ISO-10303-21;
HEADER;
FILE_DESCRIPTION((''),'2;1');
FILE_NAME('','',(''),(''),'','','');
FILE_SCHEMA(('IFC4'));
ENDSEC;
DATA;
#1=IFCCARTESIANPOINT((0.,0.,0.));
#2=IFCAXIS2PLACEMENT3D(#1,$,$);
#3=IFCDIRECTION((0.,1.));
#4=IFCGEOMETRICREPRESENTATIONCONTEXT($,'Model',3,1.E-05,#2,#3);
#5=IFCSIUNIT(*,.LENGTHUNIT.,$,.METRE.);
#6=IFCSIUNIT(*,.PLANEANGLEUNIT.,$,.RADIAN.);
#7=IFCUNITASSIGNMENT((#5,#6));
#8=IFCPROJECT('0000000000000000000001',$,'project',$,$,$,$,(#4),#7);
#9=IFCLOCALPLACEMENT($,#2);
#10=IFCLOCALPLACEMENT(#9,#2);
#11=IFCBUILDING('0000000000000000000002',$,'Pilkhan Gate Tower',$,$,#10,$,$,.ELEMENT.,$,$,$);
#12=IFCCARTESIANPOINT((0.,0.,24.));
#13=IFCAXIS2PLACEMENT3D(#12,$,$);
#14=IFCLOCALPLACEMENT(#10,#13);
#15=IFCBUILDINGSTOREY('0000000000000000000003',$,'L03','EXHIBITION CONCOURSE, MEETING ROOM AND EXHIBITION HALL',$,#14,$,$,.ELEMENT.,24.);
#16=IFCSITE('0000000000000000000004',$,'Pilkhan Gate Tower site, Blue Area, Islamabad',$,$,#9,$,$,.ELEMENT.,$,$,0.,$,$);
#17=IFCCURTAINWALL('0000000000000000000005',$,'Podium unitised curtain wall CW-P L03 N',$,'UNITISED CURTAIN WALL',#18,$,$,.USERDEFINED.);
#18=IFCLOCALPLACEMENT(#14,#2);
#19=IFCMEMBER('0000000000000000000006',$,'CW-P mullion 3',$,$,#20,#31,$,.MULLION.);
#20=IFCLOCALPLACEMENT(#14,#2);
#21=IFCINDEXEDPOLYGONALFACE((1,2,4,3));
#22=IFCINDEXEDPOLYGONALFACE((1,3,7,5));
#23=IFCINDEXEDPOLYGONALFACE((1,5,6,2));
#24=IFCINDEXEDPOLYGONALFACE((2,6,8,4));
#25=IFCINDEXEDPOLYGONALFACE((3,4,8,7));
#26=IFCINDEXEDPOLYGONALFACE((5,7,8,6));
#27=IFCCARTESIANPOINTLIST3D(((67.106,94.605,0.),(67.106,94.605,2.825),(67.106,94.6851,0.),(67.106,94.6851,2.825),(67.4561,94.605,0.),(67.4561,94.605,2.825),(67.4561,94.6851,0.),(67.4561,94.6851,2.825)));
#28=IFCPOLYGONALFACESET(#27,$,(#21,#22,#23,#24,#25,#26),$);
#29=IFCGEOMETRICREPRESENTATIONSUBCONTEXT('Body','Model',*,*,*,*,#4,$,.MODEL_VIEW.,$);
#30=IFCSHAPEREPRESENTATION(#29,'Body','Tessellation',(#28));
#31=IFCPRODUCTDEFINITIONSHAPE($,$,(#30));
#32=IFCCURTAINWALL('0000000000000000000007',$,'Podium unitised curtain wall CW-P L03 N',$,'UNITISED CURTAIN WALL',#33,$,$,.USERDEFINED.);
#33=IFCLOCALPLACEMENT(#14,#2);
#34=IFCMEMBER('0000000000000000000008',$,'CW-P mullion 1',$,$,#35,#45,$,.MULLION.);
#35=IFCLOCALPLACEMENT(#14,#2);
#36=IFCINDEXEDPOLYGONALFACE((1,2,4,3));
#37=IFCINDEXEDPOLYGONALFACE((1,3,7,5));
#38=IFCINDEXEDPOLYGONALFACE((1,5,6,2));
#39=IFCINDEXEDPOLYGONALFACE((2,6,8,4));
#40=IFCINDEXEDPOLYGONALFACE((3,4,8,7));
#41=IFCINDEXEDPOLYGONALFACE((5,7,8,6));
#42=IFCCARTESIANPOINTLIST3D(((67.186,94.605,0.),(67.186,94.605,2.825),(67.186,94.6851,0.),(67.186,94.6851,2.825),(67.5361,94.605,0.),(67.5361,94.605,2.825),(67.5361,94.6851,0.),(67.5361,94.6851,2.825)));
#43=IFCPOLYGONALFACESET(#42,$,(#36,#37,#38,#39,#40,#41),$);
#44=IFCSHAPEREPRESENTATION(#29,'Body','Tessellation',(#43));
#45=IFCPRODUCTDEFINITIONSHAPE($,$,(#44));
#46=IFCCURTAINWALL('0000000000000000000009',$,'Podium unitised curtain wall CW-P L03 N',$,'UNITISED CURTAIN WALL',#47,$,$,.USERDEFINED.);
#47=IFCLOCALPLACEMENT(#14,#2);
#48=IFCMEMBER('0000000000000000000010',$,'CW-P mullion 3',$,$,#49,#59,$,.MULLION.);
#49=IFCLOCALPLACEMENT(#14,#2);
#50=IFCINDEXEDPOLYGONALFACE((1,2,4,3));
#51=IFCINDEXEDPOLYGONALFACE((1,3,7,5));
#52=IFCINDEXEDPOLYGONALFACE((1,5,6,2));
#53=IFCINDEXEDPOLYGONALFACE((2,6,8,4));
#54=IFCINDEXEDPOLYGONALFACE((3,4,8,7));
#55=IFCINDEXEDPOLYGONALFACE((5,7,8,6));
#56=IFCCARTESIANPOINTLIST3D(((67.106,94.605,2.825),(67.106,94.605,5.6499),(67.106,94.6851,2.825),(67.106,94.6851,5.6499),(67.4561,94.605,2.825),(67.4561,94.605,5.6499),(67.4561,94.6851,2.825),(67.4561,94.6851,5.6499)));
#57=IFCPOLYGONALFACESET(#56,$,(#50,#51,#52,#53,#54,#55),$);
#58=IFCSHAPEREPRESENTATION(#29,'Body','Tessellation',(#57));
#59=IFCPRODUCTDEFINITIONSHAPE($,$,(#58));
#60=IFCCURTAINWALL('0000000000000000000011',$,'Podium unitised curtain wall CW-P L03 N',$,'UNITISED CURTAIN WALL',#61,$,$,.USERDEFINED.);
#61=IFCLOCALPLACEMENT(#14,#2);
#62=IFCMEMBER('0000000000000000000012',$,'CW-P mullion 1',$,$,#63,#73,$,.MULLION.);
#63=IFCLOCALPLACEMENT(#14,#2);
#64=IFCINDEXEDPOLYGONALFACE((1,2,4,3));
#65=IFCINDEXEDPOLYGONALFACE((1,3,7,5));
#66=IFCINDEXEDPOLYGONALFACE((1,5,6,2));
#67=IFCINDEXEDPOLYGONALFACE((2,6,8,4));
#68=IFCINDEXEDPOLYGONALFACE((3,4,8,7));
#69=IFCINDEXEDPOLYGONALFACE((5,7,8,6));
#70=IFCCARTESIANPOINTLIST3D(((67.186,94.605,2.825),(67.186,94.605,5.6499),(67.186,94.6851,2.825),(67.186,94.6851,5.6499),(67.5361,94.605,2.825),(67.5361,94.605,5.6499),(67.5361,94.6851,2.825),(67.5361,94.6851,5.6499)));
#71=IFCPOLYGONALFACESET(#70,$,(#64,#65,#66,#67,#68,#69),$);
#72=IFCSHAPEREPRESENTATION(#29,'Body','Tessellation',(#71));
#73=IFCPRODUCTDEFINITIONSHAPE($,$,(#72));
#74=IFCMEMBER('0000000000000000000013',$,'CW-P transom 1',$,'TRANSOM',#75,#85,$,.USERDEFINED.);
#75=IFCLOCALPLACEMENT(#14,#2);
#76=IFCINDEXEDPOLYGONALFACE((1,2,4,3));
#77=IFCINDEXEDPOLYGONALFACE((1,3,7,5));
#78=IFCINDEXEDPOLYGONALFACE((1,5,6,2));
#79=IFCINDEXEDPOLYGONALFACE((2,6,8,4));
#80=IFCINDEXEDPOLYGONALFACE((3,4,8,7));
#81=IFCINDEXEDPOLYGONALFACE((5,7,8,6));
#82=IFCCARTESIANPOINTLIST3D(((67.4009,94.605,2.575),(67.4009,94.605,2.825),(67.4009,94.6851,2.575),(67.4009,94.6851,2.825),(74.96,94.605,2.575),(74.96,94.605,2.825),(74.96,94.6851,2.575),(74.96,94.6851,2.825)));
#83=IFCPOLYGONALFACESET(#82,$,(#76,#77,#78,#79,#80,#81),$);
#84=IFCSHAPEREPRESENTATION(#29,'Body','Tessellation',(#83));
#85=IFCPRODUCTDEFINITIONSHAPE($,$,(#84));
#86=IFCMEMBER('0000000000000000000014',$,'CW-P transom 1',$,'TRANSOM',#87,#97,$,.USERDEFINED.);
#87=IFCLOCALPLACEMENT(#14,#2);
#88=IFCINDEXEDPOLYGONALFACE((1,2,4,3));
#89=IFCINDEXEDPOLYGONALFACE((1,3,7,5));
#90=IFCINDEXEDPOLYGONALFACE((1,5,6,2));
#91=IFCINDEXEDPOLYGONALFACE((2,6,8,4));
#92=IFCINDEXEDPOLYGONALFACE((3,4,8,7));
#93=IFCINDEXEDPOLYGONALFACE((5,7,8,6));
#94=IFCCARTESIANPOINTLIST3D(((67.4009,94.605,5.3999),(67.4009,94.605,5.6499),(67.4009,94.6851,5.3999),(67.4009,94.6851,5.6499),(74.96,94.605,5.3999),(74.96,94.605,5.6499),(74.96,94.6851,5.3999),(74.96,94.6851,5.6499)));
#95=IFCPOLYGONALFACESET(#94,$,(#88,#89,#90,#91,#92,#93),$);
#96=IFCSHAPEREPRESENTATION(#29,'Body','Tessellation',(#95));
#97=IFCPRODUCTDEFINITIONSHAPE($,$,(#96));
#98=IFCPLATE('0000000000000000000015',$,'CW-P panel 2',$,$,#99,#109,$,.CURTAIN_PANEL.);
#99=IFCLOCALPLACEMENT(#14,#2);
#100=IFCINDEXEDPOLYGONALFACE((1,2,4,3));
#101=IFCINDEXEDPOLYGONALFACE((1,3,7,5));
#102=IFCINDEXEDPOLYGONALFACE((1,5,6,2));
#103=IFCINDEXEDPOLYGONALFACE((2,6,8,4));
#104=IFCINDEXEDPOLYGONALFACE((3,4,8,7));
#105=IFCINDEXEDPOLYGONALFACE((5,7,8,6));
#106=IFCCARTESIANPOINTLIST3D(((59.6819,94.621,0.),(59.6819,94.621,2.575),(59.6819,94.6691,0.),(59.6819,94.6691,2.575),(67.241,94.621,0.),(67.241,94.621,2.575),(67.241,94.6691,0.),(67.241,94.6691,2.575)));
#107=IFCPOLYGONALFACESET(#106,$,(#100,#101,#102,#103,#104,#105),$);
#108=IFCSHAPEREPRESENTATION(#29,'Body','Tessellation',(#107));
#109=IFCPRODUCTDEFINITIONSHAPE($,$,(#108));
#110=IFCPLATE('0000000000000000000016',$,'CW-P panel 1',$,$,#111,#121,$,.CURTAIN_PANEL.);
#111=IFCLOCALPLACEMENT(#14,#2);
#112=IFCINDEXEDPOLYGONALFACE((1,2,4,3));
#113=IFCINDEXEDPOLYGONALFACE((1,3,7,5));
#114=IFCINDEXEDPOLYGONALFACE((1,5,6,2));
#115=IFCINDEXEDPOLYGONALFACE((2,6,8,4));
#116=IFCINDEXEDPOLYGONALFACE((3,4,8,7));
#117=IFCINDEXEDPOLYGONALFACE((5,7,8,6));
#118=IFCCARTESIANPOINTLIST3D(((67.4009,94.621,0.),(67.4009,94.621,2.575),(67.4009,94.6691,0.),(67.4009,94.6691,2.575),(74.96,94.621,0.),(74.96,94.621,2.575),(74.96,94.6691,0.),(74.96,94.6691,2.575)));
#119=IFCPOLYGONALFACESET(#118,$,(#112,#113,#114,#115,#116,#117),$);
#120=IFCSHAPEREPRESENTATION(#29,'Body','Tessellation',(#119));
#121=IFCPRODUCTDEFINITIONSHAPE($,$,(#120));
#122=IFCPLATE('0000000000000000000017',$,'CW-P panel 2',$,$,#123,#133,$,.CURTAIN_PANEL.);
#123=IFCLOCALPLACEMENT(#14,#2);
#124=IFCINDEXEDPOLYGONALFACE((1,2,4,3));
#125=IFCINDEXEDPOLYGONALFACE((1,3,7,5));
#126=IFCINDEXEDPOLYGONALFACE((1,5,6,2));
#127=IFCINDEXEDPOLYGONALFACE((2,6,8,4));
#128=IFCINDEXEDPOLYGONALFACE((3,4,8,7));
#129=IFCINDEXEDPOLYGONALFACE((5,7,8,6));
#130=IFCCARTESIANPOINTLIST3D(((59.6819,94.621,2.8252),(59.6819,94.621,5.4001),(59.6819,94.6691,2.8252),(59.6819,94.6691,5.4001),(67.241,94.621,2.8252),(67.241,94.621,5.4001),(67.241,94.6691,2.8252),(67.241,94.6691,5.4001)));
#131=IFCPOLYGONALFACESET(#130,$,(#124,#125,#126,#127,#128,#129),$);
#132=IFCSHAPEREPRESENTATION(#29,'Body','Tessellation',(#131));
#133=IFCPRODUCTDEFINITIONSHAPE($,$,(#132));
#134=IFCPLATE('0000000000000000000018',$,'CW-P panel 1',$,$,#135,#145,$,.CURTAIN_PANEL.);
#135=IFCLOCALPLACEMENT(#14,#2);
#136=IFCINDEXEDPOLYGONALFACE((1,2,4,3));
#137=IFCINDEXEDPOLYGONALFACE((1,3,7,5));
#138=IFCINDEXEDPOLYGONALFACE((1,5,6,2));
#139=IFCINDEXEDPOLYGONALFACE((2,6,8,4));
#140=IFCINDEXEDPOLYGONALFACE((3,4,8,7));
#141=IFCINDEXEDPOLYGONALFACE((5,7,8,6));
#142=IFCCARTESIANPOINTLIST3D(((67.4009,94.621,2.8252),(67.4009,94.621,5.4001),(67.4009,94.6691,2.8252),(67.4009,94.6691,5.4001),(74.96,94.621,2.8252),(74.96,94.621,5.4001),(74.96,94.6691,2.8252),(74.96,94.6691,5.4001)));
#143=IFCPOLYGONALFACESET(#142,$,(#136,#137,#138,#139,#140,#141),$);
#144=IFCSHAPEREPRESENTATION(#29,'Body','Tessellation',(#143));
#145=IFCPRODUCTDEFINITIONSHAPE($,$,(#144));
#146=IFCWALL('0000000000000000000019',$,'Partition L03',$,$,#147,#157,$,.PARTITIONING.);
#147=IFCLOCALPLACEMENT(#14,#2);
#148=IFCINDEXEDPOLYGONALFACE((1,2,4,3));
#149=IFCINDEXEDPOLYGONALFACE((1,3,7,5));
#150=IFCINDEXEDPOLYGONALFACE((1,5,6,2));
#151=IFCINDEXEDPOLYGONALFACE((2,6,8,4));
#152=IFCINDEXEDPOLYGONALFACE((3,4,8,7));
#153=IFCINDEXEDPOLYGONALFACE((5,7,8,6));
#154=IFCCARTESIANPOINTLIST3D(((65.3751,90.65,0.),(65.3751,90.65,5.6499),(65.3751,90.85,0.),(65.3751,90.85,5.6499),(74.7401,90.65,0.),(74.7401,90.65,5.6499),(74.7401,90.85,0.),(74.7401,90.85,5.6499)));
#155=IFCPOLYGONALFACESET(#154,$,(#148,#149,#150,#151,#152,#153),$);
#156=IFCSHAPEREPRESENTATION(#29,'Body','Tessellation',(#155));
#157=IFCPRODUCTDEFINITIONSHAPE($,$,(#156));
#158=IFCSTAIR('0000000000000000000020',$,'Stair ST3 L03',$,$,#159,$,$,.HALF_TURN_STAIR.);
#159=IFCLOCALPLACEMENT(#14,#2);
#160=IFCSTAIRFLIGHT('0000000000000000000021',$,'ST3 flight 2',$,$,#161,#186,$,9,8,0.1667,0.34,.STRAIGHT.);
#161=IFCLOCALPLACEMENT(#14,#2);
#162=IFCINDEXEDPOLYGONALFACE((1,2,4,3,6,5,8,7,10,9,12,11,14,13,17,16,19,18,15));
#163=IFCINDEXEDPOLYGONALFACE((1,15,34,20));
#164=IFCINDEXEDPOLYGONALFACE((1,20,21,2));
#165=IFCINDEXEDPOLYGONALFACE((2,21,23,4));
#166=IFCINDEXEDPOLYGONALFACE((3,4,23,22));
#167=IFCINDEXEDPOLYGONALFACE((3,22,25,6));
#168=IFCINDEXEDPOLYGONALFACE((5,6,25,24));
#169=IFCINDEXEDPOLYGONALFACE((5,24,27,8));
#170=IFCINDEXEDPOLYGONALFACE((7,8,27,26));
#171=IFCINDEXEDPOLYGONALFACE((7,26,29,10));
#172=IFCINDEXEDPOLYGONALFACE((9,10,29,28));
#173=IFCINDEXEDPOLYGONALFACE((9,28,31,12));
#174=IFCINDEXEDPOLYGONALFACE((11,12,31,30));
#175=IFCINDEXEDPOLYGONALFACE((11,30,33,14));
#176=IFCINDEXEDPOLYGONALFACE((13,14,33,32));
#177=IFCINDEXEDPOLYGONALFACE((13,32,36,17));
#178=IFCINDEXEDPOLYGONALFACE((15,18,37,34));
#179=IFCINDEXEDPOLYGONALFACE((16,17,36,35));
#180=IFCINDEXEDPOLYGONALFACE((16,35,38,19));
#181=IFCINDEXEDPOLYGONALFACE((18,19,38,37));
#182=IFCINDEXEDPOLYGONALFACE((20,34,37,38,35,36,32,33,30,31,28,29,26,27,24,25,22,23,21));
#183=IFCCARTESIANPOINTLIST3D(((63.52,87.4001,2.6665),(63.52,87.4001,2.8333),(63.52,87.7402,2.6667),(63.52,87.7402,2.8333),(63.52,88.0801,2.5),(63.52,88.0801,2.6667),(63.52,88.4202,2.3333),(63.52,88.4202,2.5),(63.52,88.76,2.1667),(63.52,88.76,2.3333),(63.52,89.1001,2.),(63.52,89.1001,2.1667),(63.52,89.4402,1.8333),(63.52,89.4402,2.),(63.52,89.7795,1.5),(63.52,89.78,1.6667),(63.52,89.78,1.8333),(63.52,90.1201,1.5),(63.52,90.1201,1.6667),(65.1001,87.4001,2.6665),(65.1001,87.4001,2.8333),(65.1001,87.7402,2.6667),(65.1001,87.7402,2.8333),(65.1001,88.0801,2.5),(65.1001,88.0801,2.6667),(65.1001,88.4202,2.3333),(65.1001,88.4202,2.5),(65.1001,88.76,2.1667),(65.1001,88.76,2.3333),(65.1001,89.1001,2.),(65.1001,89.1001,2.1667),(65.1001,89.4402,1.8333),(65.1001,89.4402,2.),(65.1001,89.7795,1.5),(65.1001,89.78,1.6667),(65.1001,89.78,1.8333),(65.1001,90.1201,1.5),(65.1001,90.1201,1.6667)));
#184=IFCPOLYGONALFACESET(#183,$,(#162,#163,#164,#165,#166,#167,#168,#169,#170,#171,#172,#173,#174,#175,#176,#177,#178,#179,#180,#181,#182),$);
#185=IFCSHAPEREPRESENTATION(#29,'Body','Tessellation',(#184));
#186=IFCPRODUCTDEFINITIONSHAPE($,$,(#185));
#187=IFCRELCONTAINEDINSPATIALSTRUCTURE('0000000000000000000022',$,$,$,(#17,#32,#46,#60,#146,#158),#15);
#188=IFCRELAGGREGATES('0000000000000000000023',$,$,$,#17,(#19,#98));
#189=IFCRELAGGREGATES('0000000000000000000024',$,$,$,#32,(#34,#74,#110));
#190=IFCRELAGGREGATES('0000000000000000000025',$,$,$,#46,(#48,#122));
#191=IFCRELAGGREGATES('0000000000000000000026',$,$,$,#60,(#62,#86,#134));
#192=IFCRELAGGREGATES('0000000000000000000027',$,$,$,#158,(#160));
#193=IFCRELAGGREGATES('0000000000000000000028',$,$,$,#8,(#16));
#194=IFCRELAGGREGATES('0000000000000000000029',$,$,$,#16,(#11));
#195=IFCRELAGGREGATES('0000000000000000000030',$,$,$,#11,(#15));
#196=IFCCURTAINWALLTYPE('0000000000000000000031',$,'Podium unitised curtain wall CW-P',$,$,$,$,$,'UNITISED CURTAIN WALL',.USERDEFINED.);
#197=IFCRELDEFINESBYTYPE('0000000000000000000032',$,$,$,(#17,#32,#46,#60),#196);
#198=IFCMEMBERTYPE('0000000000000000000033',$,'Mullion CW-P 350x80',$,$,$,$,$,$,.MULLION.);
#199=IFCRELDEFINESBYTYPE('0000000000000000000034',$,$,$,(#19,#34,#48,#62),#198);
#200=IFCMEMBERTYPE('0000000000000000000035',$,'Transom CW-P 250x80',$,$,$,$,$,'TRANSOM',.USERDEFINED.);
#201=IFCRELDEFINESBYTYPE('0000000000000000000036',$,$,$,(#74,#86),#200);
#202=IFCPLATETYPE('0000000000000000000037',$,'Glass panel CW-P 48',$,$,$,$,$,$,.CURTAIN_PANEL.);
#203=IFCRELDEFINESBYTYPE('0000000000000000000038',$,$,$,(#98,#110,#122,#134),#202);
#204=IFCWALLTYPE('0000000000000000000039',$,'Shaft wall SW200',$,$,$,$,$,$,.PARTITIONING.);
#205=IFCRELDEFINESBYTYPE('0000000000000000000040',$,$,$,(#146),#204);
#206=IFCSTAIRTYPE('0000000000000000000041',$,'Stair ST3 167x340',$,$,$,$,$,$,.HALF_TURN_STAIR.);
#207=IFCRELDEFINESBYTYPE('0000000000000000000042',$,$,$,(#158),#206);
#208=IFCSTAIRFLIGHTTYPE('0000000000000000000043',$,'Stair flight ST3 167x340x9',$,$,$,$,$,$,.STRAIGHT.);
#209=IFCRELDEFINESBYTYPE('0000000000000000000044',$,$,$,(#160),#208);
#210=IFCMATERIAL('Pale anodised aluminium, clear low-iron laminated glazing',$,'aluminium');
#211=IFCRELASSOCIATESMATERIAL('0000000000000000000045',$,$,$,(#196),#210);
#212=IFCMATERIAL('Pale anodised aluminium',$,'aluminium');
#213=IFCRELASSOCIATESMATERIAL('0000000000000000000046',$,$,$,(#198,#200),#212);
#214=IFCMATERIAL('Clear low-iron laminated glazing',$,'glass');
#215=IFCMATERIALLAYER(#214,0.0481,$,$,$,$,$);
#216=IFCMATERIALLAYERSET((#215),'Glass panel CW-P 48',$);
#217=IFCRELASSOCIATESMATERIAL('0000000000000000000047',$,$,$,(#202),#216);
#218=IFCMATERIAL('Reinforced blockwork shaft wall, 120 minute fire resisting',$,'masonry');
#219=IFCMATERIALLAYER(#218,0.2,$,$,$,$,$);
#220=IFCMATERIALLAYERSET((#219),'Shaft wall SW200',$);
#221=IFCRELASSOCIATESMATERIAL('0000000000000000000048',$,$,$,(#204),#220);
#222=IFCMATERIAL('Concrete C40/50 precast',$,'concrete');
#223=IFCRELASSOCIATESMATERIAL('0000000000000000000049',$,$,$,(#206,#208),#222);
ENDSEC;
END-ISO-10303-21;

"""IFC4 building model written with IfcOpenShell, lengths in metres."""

from ifc_helpers import new_model, si_unit, direction, frame, frame_2d, origin, origin_2d, place, context, subcontext, project, spatial, polyline, rectangle, outline, extrude, material, layer, layer_set, material_profile, profile_set, type_object, element, aggregate, save


model = new_model("IFC4")

# Units and contexts
model_context = context("Model", 3, precision=1e-05, world=origin(), true_north=direction((0.0, 1.0)))
body_context = subcontext(model_context, "Body", "Model", "MODEL_VIEW")
ifc_project = project(units=[si_unit("LENGTHUNIT", "METRE"), si_unit("PLANEANGLEUNIT", "RADIAN")], contexts=[model_context])

# Site, building, storey
site_placement = place(None, origin())
site = spatial("IfcSite", under=ifc_project, at=site_placement, Name="Pilkhan Gate Tower site, Blue Area, Islamabad", CompositionType="ELEMENT", RefElevation=0.0)
building_placement = place(site_placement, origin())
building = spatial("IfcBuilding", under=site, at=building_placement, Name="Pilkhan Gate Tower", CompositionType="ELEMENT")
storey_placement = place(building_placement, frame((0.0, 0.0, 24.0)))
storey = spatial("IfcBuildingStorey", under=building, at=storey_placement, Name="L03", Description="EXHIBITION CONCOURSE, MEETING ROOM AND EXHIBITION HALL", CompositionType="ELEMENT", Elevation=24.0)

# Curtain walls, members
ifc_material_1 = material(Name="Pale anodised aluminium, clear low-iron laminated glazing", Category="aluminium")
curtain_wall_type = type_object("IfcCurtainWallType", Name="Podium unitised curtain wall CW-P", ElementType="UNITISED CURTAIN WALL", PredefinedType="USERDEFINED", material=ifc_material_1)
curtain_wall_1_placement = place(storey_placement, origin())
curtain_wall_1 = element("IfcCurtainWall", 1, at=curtain_wall_1_placement, inside=storey, type_object=curtain_wall_type, Name="Podium unitised curtain wall CW-P L03 N", ObjectType="UNITISED CURTAIN WALL", PredefinedType="USERDEFINED")
ifc_material_2 = material(Name="Pale anodised aluminium", Category="aluminium")
ifc_material_profile_1 = material_profile(ifc_material_2, rectangle(XDim=0.0801, YDim=0.3501, at=origin_2d()), Name="Mullion 350x80")
ifc_profile_set_1 = profile_set([ifc_material_profile_1], Name="Pale anodised aluminium")
member_type_1 = type_object("IfcMemberType", Name="Mullion CW-P 350x80", PredefinedType="MULLION", material=ifc_profile_set_1)
member_1_placement = place(storey_placement, frame((67.281, 94.645, 0.0), z_axis=(0.0, 0.0, 1.0), x_axis=(0.0, 1.0, 0.0)))
member_1 = element("IfcMember", 2, at=member_1_placement, type_object=member_type_1, Name="CW-P mullion 3", PredefinedType="MULLION", context=body_context, shape_type="SweptSolid", body=[
    extrude(rectangle(XDim=0.0801, YDim=0.3501, at=origin_2d()), origin(), (0.0, 0.0, 1.0), 2.825),
])
curtain_wall_2_placement = place(storey_placement, origin())
curtain_wall_2 = element("IfcCurtainWall", 3, at=curtain_wall_2_placement, inside=storey, type_object=curtain_wall_type, Name="Podium unitised curtain wall CW-P L03 N", ObjectType="UNITISED CURTAIN WALL", PredefinedType="USERDEFINED")
member_2_placement = place(storey_placement, frame((67.3611, 94.645, 0.0), z_axis=(0.0, 0.0, 1.0), x_axis=(0.0, 1.0, 0.0)))
member_2 = element("IfcMember", 4, at=member_2_placement, type_object=member_type_1, Name="CW-P mullion 1", PredefinedType="MULLION", context=body_context, shape_type="SweptSolid", body=[
    extrude(rectangle(XDim=0.0801, YDim=0.3501, at=origin_2d()), origin(), (0.0, 0.0, 1.0), 2.825),
])
curtain_wall_3_placement = place(storey_placement, origin())
curtain_wall_3 = element("IfcCurtainWall", 5, at=curtain_wall_3_placement, inside=storey, type_object=curtain_wall_type, Name="Podium unitised curtain wall CW-P L03 N", ObjectType="UNITISED CURTAIN WALL", PredefinedType="USERDEFINED")
member_3_placement = place(storey_placement, frame((67.281, 94.645, 2.825), z_axis=(0.0, 0.0, 1.0), x_axis=(0.0, 1.0, 0.0)))
member_3 = element("IfcMember", 6, at=member_3_placement, type_object=member_type_1, Name="CW-P mullion 3", PredefinedType="MULLION", context=body_context, shape_type="SweptSolid", body=[
    extrude(rectangle(XDim=0.0801, YDim=0.3501, at=origin_2d()), origin(), (0.0, 0.0, 1.0), 2.825),
])
curtain_wall_4_placement = place(storey_placement, origin())
curtain_wall_4 = element("IfcCurtainWall", 7, at=curtain_wall_4_placement, inside=storey, type_object=curtain_wall_type, Name="Podium unitised curtain wall CW-P L03 N", ObjectType="UNITISED CURTAIN WALL", PredefinedType="USERDEFINED")
member_4_placement = place(storey_placement, frame((67.3611, 94.645, 2.825), z_axis=(0.0, 0.0, 1.0), x_axis=(0.0, 1.0, 0.0)))
member_4 = element("IfcMember", 8, at=member_4_placement, type_object=member_type_1, Name="CW-P mullion 1", PredefinedType="MULLION", context=body_context, shape_type="SweptSolid", body=[
    extrude(rectangle(XDim=0.0801, YDim=0.3501, at=origin_2d()), origin(), (0.0, 0.0, 1.0), 2.825),
])

# Members
ifc_material_profile_2 = material_profile(ifc_material_2, rectangle(XDim=0.0801, YDim=0.25, at=origin_2d()), Name="Transom 250x80")
ifc_profile_set_2 = profile_set([ifc_material_profile_2], Name="Pale anodised aluminium")
member_type_2 = type_object("IfcMemberType", Name="Transom CW-P 250x80", ElementType="TRANSOM", PredefinedType="USERDEFINED", material=ifc_profile_set_2)
member_5_placement = place(storey_placement, frame((67.4009, 94.645, 2.7), z_axis=(1.0, 0.0, 0.0), x_axis=(0.0, 1.0, 0.0)))
member_5 = element("IfcMember", 9, at=member_5_placement, type_object=member_type_2, Name="CW-P transom 1", ObjectType="TRANSOM", PredefinedType="USERDEFINED", context=body_context, shape_type="SweptSolid", body=[
    extrude(rectangle(XDim=0.0801, YDim=0.25, at=origin_2d()), origin(), (0.0, 0.0, 1.0), 7.5591),
])
member_6_placement = place(storey_placement, frame((67.4009, 94.645, 5.5249), z_axis=(1.0, 0.0, 0.0), x_axis=(0.0, 1.0, 0.0)))
member_6 = element("IfcMember", 10, at=member_6_placement, type_object=member_type_2, Name="CW-P transom 1", ObjectType="TRANSOM", PredefinedType="USERDEFINED", context=body_context, shape_type="SweptSolid", body=[
    extrude(rectangle(XDim=0.0801, YDim=0.25, at=origin_2d()), origin(), (0.0, 0.0, 1.0), 7.5591),
])

# Plates
ifc_material_3 = material(Name="Clear low-iron laminated glazing", Category="glass")
ifc_layer_1 = layer(ifc_material_3, 0.0481)
ifc_layer_set_1 = layer_set([ifc_layer_1], Name="Glass panel CW-P 48")
plate_type = type_object("IfcPlateType", Name="Glass panel CW-P 48", PredefinedType="CURTAIN_PANEL", material=ifc_layer_set_1)
plate_1_placement = place(storey_placement, frame((63.4614, 94.645, 0.0), z_axis=(0.0, 0.0, 1.0), x_axis=(1.0, 0.0, 0.0)))
plate_1 = element("IfcPlate", 11, at=plate_1_placement, type_object=plate_type, Name="CW-P panel 2", PredefinedType="CURTAIN_PANEL", context=body_context, shape_type="SweptSolid", body=[
    extrude(rectangle(XDim=7.5591, YDim=0.0481, at=origin_2d()), origin(), (0.0, 0.0, 1.0), 2.575),
])
aggregate(curtain_wall_1, [member_1, plate_1])
plate_2_placement = place(storey_placement, frame((71.1804, 94.645, 0.0), z_axis=(0.0, 0.0, 1.0), x_axis=(1.0, 0.0, 0.0)))
plate_2 = element("IfcPlate", 12, at=plate_2_placement, type_object=plate_type, Name="CW-P panel 1", PredefinedType="CURTAIN_PANEL", context=body_context, shape_type="SweptSolid", body=[
    extrude(rectangle(XDim=7.5591, YDim=0.0481, at=origin_2d()), origin(), (0.0, 0.0, 1.0), 2.575),
])
aggregate(curtain_wall_2, [member_2, member_5, plate_2])
plate_3_placement = place(storey_placement, frame((63.4614, 94.645, 2.8252), z_axis=(0.0, 0.0, 1.0), x_axis=(1.0, 0.0, 0.0)))
plate_3 = element("IfcPlate", 13, at=plate_3_placement, type_object=plate_type, Name="CW-P panel 2", PredefinedType="CURTAIN_PANEL", context=body_context, shape_type="SweptSolid", body=[
    extrude(rectangle(XDim=7.5591, YDim=0.0481, at=origin_2d()), origin(), (0.0, 0.0, 1.0), 2.575),
])
aggregate(curtain_wall_3, [member_3, plate_3])
plate_4_placement = place(storey_placement, frame((71.1804, 94.645, 2.8252), z_axis=(0.0, 0.0, 1.0), x_axis=(1.0, 0.0, 0.0)))
plate_4 = element("IfcPlate", 14, at=plate_4_placement, type_object=plate_type, Name="CW-P panel 1", PredefinedType="CURTAIN_PANEL", context=body_context, shape_type="SweptSolid", body=[
    extrude(rectangle(XDim=7.5591, YDim=0.0481, at=origin_2d()), origin(), (0.0, 0.0, 1.0), 2.575),
])
aggregate(curtain_wall_4, [member_4, member_6, plate_4])

# Wall
ifc_material_4 = material(Name="Reinforced blockwork shaft wall, 120 minute fire resisting", Category="masonry")
ifc_layer_2 = layer(ifc_material_4, 0.2)
ifc_layer_set_2 = layer_set([ifc_layer_2], Name="Shaft wall SW200")
wall_type = type_object("IfcWallType", Name="Shaft wall SW200", PredefinedType="PARTITIONING", material=ifc_layer_set_2)
wall_placement = place(storey_placement, frame((65.375, 90.75, 0.0), z_axis=(0.0, 0.0, 1.0), x_axis=(1.0, 0.0, 0.0)))
element("IfcWall", 15, at=wall_placement, inside=storey, type_object=wall_type, Name="Partition L03", PredefinedType="PARTITIONING", context=body_context, shape_type="SweptSolid", body=[
    extrude(rectangle(XDim=9.365, YDim=0.2, at=frame_2d((4.6826, 0.0))), origin(), (0.0, 0.0, 1.0), 5.6499),
])

# Stair, stair flight
ifc_material_5 = material(Name="Concrete C40/50 precast", Category="concrete")
stair_type = type_object("IfcStairType", Name="Stair ST3 167x340", PredefinedType="HALF_TURN_STAIR", material=ifc_material_5)
stair_placement = place(storey_placement, origin())
stair = element("IfcStair", 16, at=stair_placement, inside=storey, type_object=stair_type, Name="Stair ST3 L03", PredefinedType="HALF_TURN_STAIR")
stair_flight_type = type_object("IfcStairFlightType", Name="Stair flight ST3 167x340x9", PredefinedType="STRAIGHT", material=ifc_material_5)
stair_flight_1_placement = place(storey_placement, frame((64.3101, 90.1201, 1.5), z_axis=(0.0, 0.0, 1.0), x_axis=(0.0, -1.0, 0.0)))
stair_flight_1 = element("IfcStairFlight", 17, at=stair_flight_1_placement, type_object=stair_flight_type, Name="ST3 flight 2", NumberOfRisers=9, NumberOfTreads=8, PredefinedType="STRAIGHT", RiserHeight=0.1667, TreadLength=0.34, context=body_context, shape_type="SweptSolid", body=[
    extrude(outline(polyline([(0.0, 0.0), (0.0, 0.1667), (0.3401, 0.1667), (0.3401, 0.3333), (0.6799, 0.3333), (0.6799, 0.5), (1.02, 0.5), (1.02, 0.6667), (1.3601, 0.6667), (1.3601, 0.8333), (1.7, 0.8333), (1.7, 1.0), (2.04, 1.0), (2.04, 1.1667), (2.3799, 1.1667), (2.3799, 1.3333), (2.72, 1.3333), (2.72, 1.5), (2.72, 1.1665), (0.3406, 0.0), (0.0, 0.0)])), frame((0.0, 0.79, 0.0), z_axis=(0.0, -1.0, 0.0), x_axis=(1.0, 0.0, 0.0)), (0.0, 0.0, 1.0), 1.5801),
])
aggregate(stair, [stair_flight_1])

save(model, "model.ifc")
